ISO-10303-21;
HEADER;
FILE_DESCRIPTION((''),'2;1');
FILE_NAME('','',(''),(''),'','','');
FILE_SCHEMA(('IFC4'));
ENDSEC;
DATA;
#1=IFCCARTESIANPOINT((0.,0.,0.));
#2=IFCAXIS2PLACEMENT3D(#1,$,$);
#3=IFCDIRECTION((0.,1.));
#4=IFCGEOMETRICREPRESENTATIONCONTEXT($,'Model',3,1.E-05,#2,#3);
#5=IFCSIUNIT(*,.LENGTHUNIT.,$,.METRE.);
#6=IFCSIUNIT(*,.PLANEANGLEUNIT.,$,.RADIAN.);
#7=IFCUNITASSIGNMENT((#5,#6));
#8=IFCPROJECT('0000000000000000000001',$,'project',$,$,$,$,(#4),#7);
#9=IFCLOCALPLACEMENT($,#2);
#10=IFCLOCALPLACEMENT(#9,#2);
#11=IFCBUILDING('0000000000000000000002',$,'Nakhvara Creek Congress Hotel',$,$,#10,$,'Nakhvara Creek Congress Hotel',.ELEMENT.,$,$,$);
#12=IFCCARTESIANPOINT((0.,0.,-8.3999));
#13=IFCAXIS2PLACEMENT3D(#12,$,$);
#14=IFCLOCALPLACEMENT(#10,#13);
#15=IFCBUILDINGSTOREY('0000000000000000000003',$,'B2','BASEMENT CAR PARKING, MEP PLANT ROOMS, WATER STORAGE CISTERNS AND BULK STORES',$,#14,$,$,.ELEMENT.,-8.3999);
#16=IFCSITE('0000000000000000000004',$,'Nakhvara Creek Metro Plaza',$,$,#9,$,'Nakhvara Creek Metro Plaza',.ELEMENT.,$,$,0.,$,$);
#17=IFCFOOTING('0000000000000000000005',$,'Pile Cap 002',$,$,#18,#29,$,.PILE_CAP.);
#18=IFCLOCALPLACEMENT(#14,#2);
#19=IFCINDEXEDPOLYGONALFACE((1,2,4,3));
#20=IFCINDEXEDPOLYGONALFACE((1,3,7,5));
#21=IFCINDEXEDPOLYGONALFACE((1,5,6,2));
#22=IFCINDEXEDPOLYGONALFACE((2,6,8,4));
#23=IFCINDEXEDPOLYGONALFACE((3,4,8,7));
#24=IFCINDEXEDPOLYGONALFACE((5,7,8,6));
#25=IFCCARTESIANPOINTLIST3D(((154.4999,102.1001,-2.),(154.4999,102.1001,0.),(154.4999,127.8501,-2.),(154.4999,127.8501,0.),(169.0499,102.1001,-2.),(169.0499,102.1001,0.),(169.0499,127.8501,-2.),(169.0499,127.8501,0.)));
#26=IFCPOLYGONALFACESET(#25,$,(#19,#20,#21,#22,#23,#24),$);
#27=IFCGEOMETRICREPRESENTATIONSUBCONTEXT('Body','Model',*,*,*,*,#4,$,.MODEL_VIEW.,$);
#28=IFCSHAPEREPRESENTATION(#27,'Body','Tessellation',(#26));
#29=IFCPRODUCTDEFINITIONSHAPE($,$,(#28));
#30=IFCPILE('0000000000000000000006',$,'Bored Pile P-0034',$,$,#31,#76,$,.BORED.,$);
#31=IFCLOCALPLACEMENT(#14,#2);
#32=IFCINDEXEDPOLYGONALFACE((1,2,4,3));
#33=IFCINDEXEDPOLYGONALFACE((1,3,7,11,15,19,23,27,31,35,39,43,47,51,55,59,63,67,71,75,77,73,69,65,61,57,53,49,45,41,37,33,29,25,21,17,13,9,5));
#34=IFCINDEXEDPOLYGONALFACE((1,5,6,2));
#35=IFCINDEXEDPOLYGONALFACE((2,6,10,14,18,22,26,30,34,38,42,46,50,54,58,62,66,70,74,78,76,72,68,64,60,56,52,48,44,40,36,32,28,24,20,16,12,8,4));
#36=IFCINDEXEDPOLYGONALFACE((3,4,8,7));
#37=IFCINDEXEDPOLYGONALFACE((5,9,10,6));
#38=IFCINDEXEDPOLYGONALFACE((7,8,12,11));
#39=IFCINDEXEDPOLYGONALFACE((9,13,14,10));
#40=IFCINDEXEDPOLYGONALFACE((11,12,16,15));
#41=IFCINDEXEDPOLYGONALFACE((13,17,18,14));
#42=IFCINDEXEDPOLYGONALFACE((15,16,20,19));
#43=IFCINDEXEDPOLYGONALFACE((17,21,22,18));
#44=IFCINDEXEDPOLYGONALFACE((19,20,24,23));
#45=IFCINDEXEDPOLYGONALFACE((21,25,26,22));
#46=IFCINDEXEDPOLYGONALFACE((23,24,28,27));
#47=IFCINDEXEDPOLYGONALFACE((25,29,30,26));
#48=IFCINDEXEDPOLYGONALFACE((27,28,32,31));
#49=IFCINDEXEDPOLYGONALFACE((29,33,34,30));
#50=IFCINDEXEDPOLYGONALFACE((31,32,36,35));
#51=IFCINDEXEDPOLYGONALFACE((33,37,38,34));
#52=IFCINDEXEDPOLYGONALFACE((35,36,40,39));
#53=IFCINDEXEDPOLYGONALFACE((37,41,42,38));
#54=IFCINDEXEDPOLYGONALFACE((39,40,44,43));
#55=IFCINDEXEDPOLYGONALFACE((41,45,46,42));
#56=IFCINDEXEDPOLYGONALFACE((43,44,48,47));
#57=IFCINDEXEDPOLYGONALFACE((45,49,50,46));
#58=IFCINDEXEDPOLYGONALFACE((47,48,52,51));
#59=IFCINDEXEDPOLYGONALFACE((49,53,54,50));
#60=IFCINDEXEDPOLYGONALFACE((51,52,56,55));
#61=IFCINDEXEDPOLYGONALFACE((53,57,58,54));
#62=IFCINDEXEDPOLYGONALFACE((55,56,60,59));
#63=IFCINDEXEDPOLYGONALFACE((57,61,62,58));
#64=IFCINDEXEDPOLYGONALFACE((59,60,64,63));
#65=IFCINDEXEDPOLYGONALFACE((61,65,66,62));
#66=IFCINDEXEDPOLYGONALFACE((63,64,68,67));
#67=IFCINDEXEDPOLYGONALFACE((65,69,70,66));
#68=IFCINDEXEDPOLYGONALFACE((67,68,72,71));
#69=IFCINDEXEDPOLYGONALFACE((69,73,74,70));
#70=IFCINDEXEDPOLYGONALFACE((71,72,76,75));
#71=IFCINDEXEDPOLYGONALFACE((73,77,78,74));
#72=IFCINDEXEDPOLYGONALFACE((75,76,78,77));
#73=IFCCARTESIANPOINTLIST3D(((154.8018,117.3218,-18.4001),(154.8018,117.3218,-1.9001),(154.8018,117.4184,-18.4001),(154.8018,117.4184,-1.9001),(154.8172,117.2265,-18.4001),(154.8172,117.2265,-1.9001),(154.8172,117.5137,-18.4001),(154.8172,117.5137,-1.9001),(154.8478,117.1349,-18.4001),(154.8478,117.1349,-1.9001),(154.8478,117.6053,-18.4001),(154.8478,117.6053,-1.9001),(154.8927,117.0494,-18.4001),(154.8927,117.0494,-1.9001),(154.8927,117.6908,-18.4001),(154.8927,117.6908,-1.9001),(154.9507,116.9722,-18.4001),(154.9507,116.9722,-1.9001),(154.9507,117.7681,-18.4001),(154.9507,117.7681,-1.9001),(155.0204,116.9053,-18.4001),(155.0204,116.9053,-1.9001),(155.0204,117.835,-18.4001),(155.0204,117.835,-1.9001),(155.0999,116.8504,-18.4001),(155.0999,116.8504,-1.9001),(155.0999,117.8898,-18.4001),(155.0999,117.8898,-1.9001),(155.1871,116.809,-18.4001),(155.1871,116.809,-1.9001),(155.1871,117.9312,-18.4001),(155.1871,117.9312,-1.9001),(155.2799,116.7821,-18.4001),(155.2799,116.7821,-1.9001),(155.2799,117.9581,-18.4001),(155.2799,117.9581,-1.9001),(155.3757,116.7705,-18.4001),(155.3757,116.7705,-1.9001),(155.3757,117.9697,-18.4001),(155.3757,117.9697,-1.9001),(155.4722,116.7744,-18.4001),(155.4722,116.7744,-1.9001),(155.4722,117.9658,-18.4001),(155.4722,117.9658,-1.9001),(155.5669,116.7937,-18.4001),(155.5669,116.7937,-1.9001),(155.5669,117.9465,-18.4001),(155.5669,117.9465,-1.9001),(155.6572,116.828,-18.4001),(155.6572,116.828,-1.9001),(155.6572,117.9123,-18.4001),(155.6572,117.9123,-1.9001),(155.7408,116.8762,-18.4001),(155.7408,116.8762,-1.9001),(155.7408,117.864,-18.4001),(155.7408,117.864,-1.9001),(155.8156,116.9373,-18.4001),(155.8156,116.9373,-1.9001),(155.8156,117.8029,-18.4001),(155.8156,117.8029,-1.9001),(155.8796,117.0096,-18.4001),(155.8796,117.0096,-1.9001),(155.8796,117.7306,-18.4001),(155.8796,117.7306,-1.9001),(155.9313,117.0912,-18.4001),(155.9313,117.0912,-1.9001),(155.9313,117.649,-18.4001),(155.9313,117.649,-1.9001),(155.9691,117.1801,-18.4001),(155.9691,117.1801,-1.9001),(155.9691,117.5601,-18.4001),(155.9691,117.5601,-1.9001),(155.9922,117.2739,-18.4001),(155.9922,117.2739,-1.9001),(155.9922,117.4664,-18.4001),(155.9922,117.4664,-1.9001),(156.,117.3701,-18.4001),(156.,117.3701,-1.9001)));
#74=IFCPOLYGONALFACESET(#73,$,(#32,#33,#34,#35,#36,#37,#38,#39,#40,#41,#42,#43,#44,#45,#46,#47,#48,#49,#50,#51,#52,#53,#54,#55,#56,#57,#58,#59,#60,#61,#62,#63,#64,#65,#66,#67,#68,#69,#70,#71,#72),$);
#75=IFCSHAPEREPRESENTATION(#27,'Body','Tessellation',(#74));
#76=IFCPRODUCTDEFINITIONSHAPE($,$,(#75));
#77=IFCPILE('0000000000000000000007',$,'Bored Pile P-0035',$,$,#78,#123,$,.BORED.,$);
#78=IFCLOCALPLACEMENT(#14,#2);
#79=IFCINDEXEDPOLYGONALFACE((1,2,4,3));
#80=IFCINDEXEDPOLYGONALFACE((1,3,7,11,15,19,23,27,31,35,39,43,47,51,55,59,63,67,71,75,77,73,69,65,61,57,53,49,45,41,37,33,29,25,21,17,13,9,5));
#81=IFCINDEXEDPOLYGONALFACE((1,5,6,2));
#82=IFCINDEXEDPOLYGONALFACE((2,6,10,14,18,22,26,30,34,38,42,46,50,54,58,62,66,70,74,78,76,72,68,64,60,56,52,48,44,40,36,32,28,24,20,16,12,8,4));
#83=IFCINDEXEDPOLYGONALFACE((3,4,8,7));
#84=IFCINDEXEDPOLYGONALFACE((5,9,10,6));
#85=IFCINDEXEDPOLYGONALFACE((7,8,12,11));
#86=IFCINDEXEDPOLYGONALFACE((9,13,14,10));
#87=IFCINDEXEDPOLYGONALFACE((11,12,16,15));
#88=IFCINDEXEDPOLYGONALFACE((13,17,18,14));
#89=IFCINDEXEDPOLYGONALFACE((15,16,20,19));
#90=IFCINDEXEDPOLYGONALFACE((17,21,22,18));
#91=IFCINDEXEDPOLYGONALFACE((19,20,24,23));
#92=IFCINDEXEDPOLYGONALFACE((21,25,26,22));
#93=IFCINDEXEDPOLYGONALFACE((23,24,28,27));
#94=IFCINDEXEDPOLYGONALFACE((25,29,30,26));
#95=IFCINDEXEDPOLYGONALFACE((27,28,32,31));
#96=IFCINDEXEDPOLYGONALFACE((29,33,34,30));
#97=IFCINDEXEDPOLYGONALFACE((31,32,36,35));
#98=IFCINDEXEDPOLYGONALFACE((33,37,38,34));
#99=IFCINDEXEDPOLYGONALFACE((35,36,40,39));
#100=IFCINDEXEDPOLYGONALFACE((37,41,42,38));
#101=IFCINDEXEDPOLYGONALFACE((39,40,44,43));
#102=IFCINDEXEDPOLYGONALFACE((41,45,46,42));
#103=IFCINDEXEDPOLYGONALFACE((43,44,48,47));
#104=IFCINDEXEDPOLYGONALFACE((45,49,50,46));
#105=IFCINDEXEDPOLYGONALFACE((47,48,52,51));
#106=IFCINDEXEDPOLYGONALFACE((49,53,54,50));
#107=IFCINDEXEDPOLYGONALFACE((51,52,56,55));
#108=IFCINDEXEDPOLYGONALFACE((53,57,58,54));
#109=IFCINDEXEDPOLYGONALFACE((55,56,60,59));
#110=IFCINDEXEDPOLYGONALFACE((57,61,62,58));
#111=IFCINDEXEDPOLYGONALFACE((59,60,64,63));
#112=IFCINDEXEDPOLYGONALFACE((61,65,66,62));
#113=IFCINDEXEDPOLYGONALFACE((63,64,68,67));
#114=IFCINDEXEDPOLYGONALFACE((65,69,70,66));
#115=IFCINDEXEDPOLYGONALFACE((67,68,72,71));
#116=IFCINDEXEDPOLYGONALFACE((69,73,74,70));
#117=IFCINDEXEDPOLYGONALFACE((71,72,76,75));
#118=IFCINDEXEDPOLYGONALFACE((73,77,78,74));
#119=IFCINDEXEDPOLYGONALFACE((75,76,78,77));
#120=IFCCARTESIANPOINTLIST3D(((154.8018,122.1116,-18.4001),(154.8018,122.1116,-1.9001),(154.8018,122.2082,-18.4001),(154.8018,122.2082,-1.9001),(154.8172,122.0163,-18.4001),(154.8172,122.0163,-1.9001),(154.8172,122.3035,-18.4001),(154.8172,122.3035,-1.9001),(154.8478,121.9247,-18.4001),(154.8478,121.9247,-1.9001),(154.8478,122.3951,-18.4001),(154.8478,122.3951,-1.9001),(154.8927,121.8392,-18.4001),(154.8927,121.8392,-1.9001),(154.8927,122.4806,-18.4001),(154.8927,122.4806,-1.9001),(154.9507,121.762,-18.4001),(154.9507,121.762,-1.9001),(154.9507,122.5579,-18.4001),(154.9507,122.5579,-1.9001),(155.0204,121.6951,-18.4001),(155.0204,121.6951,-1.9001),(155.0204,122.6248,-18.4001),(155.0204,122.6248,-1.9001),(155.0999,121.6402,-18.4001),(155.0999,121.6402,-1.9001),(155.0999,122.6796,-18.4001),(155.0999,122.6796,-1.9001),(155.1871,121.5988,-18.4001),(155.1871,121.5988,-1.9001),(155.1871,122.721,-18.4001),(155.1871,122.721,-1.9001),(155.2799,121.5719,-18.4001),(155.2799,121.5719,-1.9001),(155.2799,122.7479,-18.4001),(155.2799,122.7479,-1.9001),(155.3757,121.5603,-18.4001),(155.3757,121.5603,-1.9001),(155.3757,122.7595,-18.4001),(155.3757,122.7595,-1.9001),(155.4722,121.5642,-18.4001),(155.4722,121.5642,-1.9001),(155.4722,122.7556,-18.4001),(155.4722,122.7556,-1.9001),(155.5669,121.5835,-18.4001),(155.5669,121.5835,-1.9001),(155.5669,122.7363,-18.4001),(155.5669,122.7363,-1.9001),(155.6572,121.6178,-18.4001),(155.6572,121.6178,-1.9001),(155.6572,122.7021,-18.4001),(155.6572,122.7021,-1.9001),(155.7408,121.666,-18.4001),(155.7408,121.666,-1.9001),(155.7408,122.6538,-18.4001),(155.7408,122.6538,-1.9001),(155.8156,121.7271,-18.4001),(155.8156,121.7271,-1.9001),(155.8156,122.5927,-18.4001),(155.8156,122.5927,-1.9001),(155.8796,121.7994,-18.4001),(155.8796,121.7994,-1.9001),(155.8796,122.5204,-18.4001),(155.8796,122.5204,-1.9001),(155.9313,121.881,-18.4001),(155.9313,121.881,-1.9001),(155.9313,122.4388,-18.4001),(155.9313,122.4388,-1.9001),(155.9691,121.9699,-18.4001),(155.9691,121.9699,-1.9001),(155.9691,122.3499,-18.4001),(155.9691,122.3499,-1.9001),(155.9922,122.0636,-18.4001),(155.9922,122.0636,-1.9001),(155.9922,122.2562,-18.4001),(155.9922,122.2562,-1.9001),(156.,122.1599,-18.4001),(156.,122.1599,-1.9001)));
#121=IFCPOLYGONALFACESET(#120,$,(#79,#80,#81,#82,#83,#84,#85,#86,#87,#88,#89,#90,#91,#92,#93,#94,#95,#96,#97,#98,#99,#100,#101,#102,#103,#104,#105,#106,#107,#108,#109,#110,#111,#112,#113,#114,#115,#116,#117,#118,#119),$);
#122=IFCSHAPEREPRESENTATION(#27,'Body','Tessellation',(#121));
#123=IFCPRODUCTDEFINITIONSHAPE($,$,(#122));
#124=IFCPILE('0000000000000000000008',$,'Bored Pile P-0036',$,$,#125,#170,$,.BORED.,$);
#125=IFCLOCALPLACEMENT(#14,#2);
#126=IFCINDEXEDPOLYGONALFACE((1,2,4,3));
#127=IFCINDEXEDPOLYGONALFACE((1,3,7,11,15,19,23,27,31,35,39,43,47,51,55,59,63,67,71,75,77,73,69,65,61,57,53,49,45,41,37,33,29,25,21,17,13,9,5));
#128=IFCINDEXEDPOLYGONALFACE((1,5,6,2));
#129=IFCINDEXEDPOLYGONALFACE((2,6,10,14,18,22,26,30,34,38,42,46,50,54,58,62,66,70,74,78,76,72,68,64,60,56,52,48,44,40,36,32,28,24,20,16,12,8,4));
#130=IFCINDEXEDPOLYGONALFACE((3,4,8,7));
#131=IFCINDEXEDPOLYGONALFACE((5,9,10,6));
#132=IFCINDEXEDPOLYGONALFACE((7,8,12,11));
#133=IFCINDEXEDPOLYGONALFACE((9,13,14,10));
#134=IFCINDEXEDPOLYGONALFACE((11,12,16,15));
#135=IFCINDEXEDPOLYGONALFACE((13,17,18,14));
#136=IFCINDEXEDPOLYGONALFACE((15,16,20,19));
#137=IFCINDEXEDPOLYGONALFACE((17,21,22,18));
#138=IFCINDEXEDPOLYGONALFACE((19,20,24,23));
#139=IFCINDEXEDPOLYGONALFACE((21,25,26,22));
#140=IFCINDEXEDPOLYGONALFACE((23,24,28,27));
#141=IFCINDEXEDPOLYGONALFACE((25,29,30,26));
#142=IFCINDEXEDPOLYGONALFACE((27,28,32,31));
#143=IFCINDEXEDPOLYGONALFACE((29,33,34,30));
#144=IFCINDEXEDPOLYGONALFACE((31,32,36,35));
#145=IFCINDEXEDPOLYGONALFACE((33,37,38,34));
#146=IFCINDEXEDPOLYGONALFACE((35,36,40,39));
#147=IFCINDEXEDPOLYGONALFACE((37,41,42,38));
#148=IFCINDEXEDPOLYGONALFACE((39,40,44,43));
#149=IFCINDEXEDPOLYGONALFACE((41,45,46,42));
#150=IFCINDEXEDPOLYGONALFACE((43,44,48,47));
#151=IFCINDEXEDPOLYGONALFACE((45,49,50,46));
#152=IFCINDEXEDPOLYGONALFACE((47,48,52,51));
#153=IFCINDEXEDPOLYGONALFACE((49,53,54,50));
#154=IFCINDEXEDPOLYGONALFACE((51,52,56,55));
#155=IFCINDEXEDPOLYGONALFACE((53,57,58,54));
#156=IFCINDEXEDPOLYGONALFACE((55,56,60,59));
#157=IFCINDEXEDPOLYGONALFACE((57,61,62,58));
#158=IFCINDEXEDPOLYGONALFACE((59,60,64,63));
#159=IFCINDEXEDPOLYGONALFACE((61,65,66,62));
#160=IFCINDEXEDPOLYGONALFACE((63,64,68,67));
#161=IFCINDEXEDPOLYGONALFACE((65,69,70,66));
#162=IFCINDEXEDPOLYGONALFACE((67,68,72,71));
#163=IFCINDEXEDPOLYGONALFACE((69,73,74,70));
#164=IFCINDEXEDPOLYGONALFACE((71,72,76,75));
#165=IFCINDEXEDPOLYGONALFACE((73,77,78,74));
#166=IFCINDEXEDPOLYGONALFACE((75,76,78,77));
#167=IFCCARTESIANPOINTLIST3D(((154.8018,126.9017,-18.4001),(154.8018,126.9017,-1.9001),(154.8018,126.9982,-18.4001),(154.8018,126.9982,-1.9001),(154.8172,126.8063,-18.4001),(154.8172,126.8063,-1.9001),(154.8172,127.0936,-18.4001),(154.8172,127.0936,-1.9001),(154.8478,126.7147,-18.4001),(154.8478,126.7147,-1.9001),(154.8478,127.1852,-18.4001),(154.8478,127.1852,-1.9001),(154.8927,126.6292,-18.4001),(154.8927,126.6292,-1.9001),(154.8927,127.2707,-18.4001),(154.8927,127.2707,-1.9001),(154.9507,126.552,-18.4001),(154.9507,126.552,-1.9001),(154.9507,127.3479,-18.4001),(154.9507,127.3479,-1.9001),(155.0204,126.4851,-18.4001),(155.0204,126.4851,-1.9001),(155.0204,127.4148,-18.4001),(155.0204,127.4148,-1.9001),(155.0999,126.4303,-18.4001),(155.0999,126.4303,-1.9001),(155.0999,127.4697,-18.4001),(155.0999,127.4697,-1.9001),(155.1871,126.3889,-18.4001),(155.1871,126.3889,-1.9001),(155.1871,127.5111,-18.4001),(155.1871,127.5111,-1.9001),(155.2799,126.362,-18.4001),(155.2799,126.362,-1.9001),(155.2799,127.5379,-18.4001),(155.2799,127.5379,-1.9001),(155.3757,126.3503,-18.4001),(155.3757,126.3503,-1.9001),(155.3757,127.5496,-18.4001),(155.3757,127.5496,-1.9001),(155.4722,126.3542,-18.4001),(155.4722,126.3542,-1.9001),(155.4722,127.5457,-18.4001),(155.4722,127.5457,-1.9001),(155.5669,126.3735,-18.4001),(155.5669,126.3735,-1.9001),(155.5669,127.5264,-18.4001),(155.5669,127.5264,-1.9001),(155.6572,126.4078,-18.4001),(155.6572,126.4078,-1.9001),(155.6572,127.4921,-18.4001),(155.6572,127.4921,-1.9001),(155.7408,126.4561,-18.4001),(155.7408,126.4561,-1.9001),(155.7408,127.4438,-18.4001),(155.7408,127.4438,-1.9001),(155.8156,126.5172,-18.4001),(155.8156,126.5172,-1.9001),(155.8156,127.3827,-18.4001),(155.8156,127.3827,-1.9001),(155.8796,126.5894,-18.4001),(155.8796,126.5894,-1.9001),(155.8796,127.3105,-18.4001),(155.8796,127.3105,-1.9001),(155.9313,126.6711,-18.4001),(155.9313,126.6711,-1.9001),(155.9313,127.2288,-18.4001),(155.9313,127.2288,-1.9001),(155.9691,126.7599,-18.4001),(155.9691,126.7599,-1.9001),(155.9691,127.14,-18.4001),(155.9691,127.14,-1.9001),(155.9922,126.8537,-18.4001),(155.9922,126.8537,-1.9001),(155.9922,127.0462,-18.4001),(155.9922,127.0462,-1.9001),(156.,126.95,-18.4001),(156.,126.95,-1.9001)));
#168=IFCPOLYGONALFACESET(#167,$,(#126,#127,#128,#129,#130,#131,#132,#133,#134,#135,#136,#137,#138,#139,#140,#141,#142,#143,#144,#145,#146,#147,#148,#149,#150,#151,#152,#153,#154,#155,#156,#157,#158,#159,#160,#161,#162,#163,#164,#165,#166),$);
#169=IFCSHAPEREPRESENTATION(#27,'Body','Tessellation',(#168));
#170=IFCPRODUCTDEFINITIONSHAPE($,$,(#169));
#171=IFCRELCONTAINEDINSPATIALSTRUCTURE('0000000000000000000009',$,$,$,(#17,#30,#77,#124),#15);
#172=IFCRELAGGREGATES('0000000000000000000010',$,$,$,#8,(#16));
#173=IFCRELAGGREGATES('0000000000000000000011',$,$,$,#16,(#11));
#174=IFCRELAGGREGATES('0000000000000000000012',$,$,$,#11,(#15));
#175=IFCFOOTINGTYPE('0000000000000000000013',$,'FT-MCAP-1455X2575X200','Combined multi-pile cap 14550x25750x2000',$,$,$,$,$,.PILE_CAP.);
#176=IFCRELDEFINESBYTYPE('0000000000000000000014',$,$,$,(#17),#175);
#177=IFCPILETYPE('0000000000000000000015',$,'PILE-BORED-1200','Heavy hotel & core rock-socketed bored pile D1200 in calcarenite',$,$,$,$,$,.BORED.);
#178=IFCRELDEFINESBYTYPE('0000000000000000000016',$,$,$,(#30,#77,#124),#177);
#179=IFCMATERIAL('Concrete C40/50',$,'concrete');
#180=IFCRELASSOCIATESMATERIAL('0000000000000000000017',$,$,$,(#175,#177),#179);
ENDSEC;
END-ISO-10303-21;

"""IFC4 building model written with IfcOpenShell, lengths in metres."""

from ifc_helpers import new_model, si_unit, direction, frame, origin, origin_2d, place, context, subcontext, project, spatial, rectangle, circle, extrude, material, material_profile, profile_set, type_object, element, save


model = new_model("IFC4")

# Units and contexts
model_context = context("Model", 3, precision=1e-05, world=origin(), true_north=direction((0.0, 1.0)))
body_context = subcontext(model_context, "Body", "Model", "MODEL_VIEW")
ifc_project = project(units=[si_unit("LENGTHUNIT", "METRE"), si_unit("PLANEANGLEUNIT", "RADIAN")], contexts=[model_context])

# Site, building, storey
site_placement = place(None, origin())
site = spatial("IfcSite", under=ifc_project, at=site_placement, Name="Nakhvara Creek Metro Plaza", LongName="Nakhvara Creek Metro Plaza", CompositionType="ELEMENT", RefElevation=0.0)
building_placement = place(site_placement, origin())
building = spatial("IfcBuilding", under=site, at=building_placement, Name="Nakhvara Creek Congress Hotel", LongName="Nakhvara Creek Congress Hotel", CompositionType="ELEMENT")
storey_placement = place(building_placement, frame((0.0, 0.0, -8.3999)))
storey = spatial("IfcBuildingStorey", under=building, at=storey_placement, Name="B2", Description="BASEMENT CAR PARKING, MEP PLANT ROOMS, WATER STORAGE CISTERNS AND BULK STORES", CompositionType="ELEMENT", Elevation=-8.3999)

# Footing
ifc_material_1 = material(Name="Concrete C40/50", Category="concrete")
footing_type = type_object("IfcFootingType", Name="FT-MCAP-1455X2575X200", Description="Combined multi-pile cap 14550x25750x2000", PredefinedType="PILE_CAP", material=ifc_material_1)
footing_placement = place(storey_placement, frame((161.7749, 114.9751, -2.0), z_axis=(0.0, 0.0, 1.0), x_axis=(1.0, 0.0, 0.0)))
element("IfcFooting", 1, at=footing_placement, inside=storey, type_object=footing_type, Name="Pile Cap 002", PredefinedType="PILE_CAP", context=body_context, shape_type="SweptSolid", body=[
    extrude(rectangle(XDim=14.55, YDim=25.75, at=origin_2d()), origin(), (0.0, 0.0, 1.0), 2.0),
])

# Piles
ifc_material_profile_1 = material_profile(ifc_material_1, circle(Radius=0.6001, at=origin_2d()), Name="BORED PILE D1200", Category="LoadBearing")
ifc_profile_set_1 = profile_set([ifc_material_profile_1], Name="Concrete C40/50")
pile_type = type_object("IfcPileType", Name="PILE-BORED-1200", Description="Heavy hotel & core rock-socketed bored pile D1200 in calcarenite", PredefinedType="BORED", material=ifc_profile_set_1)
for number, where, z_axis, x_axis, name in (
    (2, (155.3999, 117.3701, -1.9001), (0.0, 0.0, -1.0), (1.0, 0.0, 0.0), "Bored Pile P-0034"),
    (3, (155.3999, 122.1599, -1.9001), (0.0, 0.0, -1.0), (1.0, 0.0, 0.0), "Bored Pile P-0035"),
    (4, (155.3999, 126.95, -1.9001), (0.0, 0.0, -1.0), (1.0, 0.0, 0.0), "Bored Pile P-0036"),
):
    element("IfcPile", number, at=place(storey_placement, frame(where, z_axis=z_axis, x_axis=x_axis)), inside=storey, type_object=pile_type, Name=name, PredefinedType="BORED", context=body_context, shape_type="SweptSolid", body=[
        extrude(circle(Radius=0.6001, at=origin_2d()), origin(), (0.0, 0.0, 1.0), 16.5),
    ])

save(model, "model.ifc")
